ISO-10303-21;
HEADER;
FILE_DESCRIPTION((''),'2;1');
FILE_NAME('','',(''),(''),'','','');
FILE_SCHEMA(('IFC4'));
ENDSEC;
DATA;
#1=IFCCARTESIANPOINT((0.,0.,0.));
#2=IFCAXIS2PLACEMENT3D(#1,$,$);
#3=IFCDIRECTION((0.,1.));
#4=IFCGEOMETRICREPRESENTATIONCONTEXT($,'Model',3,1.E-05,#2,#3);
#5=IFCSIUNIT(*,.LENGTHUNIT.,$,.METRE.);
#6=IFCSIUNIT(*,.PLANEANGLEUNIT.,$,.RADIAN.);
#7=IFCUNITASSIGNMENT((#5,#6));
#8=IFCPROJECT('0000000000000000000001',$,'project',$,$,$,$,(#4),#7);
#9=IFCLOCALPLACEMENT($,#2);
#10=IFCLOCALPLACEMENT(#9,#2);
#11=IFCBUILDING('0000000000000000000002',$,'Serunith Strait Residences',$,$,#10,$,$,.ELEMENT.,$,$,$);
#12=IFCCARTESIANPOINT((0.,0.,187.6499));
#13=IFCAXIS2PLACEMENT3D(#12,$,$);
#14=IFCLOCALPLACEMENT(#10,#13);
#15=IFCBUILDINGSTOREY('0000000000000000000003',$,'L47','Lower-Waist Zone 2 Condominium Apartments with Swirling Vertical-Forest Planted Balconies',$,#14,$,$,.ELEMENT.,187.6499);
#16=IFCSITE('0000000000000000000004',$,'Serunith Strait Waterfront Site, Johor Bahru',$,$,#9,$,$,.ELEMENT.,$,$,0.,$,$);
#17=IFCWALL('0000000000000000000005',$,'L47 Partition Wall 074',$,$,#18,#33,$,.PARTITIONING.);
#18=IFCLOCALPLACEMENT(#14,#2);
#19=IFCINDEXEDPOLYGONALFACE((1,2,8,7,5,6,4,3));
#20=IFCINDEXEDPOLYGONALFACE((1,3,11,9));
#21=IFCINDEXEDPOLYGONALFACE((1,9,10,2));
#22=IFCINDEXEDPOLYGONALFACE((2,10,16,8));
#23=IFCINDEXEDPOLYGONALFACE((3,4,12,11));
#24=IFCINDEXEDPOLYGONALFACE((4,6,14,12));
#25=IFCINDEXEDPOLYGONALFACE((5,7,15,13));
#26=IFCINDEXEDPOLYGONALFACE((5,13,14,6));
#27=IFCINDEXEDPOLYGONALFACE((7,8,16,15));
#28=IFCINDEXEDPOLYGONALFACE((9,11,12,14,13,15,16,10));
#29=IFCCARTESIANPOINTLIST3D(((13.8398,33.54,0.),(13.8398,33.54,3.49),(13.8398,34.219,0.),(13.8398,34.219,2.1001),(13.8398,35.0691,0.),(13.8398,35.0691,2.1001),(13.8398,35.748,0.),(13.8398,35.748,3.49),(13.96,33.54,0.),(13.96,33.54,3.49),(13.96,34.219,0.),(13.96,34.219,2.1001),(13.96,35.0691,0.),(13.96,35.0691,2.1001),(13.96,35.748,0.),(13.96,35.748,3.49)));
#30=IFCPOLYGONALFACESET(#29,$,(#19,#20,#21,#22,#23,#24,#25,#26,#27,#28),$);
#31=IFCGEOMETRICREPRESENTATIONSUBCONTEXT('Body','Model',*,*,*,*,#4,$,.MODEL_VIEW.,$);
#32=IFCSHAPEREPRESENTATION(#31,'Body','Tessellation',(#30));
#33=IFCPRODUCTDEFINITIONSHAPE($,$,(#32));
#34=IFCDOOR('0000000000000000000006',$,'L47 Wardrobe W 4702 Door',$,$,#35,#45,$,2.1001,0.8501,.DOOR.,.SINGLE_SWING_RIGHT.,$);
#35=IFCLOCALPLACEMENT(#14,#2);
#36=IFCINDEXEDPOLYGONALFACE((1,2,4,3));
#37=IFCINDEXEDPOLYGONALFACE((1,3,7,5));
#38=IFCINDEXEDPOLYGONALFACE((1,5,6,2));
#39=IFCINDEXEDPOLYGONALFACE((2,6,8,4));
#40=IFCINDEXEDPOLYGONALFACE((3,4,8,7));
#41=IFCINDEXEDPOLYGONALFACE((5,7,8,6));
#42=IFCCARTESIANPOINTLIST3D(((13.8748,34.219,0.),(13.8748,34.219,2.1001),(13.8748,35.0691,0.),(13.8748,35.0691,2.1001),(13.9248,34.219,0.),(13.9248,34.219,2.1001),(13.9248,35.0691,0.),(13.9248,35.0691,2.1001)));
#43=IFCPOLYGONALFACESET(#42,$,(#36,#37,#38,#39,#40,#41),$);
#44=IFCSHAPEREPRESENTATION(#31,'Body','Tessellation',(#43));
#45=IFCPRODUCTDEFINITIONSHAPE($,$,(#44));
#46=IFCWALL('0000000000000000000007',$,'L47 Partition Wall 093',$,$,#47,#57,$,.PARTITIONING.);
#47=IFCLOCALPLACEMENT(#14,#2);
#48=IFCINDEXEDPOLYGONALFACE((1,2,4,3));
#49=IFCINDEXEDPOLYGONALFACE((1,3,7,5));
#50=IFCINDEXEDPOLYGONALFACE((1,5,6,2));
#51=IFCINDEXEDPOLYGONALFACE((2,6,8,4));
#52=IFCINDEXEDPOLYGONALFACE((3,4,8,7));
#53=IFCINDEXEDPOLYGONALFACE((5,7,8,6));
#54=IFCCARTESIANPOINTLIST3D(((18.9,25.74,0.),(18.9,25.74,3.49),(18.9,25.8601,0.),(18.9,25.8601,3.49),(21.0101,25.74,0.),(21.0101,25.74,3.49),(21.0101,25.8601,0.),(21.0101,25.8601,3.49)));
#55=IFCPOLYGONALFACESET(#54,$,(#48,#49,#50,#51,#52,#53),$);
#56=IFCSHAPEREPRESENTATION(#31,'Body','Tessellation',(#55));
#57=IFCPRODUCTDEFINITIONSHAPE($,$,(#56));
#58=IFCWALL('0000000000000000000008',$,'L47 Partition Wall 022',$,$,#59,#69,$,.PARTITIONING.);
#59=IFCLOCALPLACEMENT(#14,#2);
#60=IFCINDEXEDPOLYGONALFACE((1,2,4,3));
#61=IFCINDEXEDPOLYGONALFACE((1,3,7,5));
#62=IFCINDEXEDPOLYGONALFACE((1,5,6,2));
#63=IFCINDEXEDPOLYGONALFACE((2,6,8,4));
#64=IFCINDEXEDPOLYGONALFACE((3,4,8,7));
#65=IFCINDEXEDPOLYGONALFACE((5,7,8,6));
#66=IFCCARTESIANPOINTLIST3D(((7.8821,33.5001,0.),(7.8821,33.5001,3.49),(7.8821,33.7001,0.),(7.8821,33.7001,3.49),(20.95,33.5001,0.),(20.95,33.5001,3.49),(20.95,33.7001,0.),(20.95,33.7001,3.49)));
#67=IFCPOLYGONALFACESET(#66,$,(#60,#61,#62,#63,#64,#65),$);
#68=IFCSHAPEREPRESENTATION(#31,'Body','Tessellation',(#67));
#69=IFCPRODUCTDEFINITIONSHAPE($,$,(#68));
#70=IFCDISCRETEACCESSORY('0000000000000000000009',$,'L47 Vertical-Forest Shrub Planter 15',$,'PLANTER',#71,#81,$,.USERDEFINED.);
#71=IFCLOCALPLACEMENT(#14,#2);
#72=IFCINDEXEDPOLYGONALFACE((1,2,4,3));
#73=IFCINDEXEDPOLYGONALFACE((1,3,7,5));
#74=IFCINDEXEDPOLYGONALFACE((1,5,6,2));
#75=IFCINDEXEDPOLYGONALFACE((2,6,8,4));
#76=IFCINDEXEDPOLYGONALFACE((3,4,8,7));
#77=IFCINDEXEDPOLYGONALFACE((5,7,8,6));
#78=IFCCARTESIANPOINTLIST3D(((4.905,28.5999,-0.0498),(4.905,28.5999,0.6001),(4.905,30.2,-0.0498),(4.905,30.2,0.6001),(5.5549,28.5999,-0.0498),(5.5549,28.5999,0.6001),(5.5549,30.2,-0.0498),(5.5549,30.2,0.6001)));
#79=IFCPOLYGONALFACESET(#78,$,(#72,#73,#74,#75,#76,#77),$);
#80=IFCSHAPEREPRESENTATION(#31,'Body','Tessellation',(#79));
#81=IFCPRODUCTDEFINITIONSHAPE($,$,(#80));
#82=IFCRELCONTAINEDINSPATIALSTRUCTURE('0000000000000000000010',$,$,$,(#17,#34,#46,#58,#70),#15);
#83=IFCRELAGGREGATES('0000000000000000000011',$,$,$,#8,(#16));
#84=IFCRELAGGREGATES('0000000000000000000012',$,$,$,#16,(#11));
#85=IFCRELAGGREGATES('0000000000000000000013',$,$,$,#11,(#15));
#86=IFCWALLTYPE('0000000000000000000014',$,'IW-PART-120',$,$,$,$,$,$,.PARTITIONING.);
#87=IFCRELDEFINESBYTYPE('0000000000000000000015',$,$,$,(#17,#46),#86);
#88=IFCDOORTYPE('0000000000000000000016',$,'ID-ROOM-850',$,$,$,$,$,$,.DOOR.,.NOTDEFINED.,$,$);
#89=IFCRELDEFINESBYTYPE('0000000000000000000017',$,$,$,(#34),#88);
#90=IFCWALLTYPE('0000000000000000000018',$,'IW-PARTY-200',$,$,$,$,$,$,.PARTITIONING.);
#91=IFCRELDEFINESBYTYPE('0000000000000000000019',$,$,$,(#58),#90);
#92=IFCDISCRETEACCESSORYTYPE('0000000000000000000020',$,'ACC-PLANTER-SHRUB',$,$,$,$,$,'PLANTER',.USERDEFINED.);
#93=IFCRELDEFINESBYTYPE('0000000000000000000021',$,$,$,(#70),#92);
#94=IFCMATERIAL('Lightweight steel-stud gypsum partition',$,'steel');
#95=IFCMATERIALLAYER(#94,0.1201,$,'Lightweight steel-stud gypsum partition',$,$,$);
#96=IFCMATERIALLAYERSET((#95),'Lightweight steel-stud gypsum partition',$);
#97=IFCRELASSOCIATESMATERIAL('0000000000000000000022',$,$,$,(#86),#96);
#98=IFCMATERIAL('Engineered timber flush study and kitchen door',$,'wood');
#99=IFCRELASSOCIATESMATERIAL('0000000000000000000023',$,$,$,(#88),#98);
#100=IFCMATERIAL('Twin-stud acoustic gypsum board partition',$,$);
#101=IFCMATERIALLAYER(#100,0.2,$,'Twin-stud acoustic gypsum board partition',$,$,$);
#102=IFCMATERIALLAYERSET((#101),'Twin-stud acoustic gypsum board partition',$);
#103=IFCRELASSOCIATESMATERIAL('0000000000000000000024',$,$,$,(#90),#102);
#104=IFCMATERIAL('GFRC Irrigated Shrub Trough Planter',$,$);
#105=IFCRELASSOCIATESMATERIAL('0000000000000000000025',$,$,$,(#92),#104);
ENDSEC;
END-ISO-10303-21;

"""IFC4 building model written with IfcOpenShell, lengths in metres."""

from ifc_helpers import new_model, si_unit, direction, frame, frame_2d, origin, origin_2d, place, context, subcontext, project, spatial, rectangle, extrude, source, transform, mapped, material, layer, layer_set, type_object, element, fill, save


model = new_model("IFC4")

# Units and contexts
model_context = context("Model", 3, precision=1e-05, world=origin(), true_north=direction((0.0, 1.0)))
body_context = subcontext(model_context, "Body", "Model", "MODEL_VIEW")
ifc_project = project(units=[si_unit("LENGTHUNIT", "METRE"), si_unit("PLANEANGLEUNIT", "RADIAN")], contexts=[model_context])

# Site, building, storey
site_placement = place(None, origin())
site = spatial("IfcSite", under=ifc_project, at=site_placement, Name="Serunith Strait Waterfront Site, Johor Bahru", CompositionType="ELEMENT", RefElevation=0.0)
building_placement = place(site_placement, origin())
building = spatial("IfcBuilding", under=site, at=building_placement, Name="Serunith Strait Residences", CompositionType="ELEMENT")
storey_placement = place(building_placement, frame((0.0, 0.0, 187.6499)))
storey = spatial("IfcBuildingStorey", under=building, at=storey_placement, Name="L47", Description="Lower-Waist Zone 2 Condominium Apartments with Swirling Vertical-Forest Planted Balconies", CompositionType="ELEMENT", Elevation=187.6499)

# Shared definitions
ifc_material_1 = material(Name="Lightweight steel-stud gypsum partition", Category="steel")
ifc_layer_1 = layer(ifc_material_1, 0.1201, Name="Lightweight steel-stud gypsum partition")
ifc_layer_set_1 = layer_set([ifc_layer_1], Name="Lightweight steel-stud gypsum partition")
wall_type_1 = type_object("IfcWallType", Name="IW-PART-120", PredefinedType="PARTITIONING", material=ifc_layer_set_1)
shared_shape_1 = source(origin(), body_context, "Body", "SweptSolid", [
    extrude(rectangle(XDim=0.8501, YDim=2.1001, at=frame_2d((0.425, 1.05))), frame((0.0, 0.0249, 0.0), z_axis=(0.0, -1.0, 0.0), x_axis=(1.0, 0.0, 0.0)), (0.0, 0.0, 1.0), 0.05),
])
ifc_material_2 = material(Name="Engineered timber flush study and kitchen door", Category="wood")
door_type_1 = type_object("IfcDoorType", Name="ID-ROOM-850", OperationType="NOTDEFINED", PredefinedType="DOOR", material=ifc_material_2)

# Wall, opening, door
wall_1_placement = place(storey_placement, frame((13.8999, 35.748, 0.0), z_axis=(0.0, 0.0, 1.0), x_axis=(0.0, -1.0, 0.0)))
wall_1 = element("IfcWall", 1, at=wall_1_placement, inside=storey, type_object=wall_type_1, Name="L47 Partition Wall 074", PredefinedType="PARTITIONING", context=body_context, shape_type="SweptSolid", body=[
    extrude(rectangle(XDim=2.208, YDim=0.1201, at=frame_2d((1.104, 0.0))), origin(), (0.0, 0.0, 1.0), 3.49),
])
opening_1_placement = place(wall_1_placement, frame((0.679, 0.0, 0.0)))
opening_1 = element("IfcOpeningElement", 2, at=opening_1_placement, cuts=wall_1, PredefinedType="OPENING", context=body_context, shape_type="SweptSolid", body=[
    extrude(rectangle(XDim=0.8501, YDim=2.1001, at=frame_2d((0.425, 1.05))), frame((0.0, 0.0701, 0.0), z_axis=(0.0, -1.0, 0.0), x_axis=(1.0, 0.0, 0.0)), (0.0, 0.0, 1.0), 0.1401),
])
door_1_placement = place(opening_1_placement, origin())
door_1 = element("IfcDoor", 3, at=door_1_placement, inside=storey, type_object=door_type_1, Name="L47 Wardrobe W 4702 Door", OperationType="SINGLE_SWING_RIGHT", OverallHeight=2.1001, OverallWidth=0.8501, PredefinedType="DOOR", context=body_context, shape_type="MappedRepresentation", body=[
    mapped(shared_shape_1, transform((0.0, 0.0, 0.0), scale=1.0)),
])
fill(opening_1, door_1)

# Walls
wall_2_placement = place(storey_placement, frame((18.8999, 25.8, 0.0), z_axis=(0.0, 0.0, 1.0), x_axis=(1.0, 0.0, 0.0)))
element("IfcWall", 4, at=wall_2_placement, inside=storey, type_object=wall_type_1, Name="L47 Partition Wall 093", PredefinedType="PARTITIONING", context=body_context, shape_type="SweptSolid", body=[
    extrude(rectangle(XDim=2.1101, YDim=0.1201, at=frame_2d((1.0552, 0.0))), origin(), (0.0, 0.0, 1.0), 3.49),
])
ifc_material_3 = material(Name="Twin-stud acoustic gypsum board partition")
ifc_layer_2 = layer(ifc_material_3, 0.2, Name="Twin-stud acoustic gypsum board partition")
ifc_layer_set_2 = layer_set([ifc_layer_2], Name="Twin-stud acoustic gypsum board partition")
wall_type_2 = type_object("IfcWallType", Name="IW-PARTY-200", PredefinedType="PARTITIONING", material=ifc_layer_set_2)
wall_3_placement = place(storey_placement, frame((7.8821, 33.6001, 0.0), z_axis=(0.0, 0.0, 1.0), x_axis=(1.0, 0.0, 0.0)))
element("IfcWall", 5, at=wall_3_placement, inside=storey, type_object=wall_type_2, Name="L47 Partition Wall 022", PredefinedType="PARTITIONING", context=body_context, shape_type="SweptSolid", body=[
    extrude(rectangle(XDim=13.0679, YDim=0.2, at=frame_2d((6.5339, 0.0))), origin(), (0.0, 0.0, 1.0), 3.49),
])

# Discrete accessory
ifc_material_4 = material(Name="GFRC Irrigated Shrub Trough Planter")
discrete_accessory_type = type_object("IfcDiscreteAccessoryType", Name="ACC-PLANTER-SHRUB", ElementType="PLANTER", PredefinedType="USERDEFINED", material=ifc_material_4)
shared_shape_2 = source(origin(), body_context, "Body", "SweptSolid", [
    extrude(rectangle(XDim=1.6001, YDim=0.6499, at=origin_2d()), origin(), (0.0, 0.0, 1.0), 0.6499),
])
discrete_accessory_placement = place(storey_placement, frame((5.23, 29.3999, -0.0498), z_axis=(0.0, 0.0, 1.0), x_axis=(0.0, -1.0, 0.0)))
element("IfcDiscreteAccessory", 6, at=discrete_accessory_placement, inside=storey, type_object=discrete_accessory_type, Name="L47 Vertical-Forest Shrub Planter 15", ObjectType="PLANTER", PredefinedType="USERDEFINED", context=body_context, shape_type="MappedRepresentation", body=[
    mapped(shared_shape_2, transform((0.0, 0.0, 0.0), scale=1.0)),
])

save(model, "model.ifc")
